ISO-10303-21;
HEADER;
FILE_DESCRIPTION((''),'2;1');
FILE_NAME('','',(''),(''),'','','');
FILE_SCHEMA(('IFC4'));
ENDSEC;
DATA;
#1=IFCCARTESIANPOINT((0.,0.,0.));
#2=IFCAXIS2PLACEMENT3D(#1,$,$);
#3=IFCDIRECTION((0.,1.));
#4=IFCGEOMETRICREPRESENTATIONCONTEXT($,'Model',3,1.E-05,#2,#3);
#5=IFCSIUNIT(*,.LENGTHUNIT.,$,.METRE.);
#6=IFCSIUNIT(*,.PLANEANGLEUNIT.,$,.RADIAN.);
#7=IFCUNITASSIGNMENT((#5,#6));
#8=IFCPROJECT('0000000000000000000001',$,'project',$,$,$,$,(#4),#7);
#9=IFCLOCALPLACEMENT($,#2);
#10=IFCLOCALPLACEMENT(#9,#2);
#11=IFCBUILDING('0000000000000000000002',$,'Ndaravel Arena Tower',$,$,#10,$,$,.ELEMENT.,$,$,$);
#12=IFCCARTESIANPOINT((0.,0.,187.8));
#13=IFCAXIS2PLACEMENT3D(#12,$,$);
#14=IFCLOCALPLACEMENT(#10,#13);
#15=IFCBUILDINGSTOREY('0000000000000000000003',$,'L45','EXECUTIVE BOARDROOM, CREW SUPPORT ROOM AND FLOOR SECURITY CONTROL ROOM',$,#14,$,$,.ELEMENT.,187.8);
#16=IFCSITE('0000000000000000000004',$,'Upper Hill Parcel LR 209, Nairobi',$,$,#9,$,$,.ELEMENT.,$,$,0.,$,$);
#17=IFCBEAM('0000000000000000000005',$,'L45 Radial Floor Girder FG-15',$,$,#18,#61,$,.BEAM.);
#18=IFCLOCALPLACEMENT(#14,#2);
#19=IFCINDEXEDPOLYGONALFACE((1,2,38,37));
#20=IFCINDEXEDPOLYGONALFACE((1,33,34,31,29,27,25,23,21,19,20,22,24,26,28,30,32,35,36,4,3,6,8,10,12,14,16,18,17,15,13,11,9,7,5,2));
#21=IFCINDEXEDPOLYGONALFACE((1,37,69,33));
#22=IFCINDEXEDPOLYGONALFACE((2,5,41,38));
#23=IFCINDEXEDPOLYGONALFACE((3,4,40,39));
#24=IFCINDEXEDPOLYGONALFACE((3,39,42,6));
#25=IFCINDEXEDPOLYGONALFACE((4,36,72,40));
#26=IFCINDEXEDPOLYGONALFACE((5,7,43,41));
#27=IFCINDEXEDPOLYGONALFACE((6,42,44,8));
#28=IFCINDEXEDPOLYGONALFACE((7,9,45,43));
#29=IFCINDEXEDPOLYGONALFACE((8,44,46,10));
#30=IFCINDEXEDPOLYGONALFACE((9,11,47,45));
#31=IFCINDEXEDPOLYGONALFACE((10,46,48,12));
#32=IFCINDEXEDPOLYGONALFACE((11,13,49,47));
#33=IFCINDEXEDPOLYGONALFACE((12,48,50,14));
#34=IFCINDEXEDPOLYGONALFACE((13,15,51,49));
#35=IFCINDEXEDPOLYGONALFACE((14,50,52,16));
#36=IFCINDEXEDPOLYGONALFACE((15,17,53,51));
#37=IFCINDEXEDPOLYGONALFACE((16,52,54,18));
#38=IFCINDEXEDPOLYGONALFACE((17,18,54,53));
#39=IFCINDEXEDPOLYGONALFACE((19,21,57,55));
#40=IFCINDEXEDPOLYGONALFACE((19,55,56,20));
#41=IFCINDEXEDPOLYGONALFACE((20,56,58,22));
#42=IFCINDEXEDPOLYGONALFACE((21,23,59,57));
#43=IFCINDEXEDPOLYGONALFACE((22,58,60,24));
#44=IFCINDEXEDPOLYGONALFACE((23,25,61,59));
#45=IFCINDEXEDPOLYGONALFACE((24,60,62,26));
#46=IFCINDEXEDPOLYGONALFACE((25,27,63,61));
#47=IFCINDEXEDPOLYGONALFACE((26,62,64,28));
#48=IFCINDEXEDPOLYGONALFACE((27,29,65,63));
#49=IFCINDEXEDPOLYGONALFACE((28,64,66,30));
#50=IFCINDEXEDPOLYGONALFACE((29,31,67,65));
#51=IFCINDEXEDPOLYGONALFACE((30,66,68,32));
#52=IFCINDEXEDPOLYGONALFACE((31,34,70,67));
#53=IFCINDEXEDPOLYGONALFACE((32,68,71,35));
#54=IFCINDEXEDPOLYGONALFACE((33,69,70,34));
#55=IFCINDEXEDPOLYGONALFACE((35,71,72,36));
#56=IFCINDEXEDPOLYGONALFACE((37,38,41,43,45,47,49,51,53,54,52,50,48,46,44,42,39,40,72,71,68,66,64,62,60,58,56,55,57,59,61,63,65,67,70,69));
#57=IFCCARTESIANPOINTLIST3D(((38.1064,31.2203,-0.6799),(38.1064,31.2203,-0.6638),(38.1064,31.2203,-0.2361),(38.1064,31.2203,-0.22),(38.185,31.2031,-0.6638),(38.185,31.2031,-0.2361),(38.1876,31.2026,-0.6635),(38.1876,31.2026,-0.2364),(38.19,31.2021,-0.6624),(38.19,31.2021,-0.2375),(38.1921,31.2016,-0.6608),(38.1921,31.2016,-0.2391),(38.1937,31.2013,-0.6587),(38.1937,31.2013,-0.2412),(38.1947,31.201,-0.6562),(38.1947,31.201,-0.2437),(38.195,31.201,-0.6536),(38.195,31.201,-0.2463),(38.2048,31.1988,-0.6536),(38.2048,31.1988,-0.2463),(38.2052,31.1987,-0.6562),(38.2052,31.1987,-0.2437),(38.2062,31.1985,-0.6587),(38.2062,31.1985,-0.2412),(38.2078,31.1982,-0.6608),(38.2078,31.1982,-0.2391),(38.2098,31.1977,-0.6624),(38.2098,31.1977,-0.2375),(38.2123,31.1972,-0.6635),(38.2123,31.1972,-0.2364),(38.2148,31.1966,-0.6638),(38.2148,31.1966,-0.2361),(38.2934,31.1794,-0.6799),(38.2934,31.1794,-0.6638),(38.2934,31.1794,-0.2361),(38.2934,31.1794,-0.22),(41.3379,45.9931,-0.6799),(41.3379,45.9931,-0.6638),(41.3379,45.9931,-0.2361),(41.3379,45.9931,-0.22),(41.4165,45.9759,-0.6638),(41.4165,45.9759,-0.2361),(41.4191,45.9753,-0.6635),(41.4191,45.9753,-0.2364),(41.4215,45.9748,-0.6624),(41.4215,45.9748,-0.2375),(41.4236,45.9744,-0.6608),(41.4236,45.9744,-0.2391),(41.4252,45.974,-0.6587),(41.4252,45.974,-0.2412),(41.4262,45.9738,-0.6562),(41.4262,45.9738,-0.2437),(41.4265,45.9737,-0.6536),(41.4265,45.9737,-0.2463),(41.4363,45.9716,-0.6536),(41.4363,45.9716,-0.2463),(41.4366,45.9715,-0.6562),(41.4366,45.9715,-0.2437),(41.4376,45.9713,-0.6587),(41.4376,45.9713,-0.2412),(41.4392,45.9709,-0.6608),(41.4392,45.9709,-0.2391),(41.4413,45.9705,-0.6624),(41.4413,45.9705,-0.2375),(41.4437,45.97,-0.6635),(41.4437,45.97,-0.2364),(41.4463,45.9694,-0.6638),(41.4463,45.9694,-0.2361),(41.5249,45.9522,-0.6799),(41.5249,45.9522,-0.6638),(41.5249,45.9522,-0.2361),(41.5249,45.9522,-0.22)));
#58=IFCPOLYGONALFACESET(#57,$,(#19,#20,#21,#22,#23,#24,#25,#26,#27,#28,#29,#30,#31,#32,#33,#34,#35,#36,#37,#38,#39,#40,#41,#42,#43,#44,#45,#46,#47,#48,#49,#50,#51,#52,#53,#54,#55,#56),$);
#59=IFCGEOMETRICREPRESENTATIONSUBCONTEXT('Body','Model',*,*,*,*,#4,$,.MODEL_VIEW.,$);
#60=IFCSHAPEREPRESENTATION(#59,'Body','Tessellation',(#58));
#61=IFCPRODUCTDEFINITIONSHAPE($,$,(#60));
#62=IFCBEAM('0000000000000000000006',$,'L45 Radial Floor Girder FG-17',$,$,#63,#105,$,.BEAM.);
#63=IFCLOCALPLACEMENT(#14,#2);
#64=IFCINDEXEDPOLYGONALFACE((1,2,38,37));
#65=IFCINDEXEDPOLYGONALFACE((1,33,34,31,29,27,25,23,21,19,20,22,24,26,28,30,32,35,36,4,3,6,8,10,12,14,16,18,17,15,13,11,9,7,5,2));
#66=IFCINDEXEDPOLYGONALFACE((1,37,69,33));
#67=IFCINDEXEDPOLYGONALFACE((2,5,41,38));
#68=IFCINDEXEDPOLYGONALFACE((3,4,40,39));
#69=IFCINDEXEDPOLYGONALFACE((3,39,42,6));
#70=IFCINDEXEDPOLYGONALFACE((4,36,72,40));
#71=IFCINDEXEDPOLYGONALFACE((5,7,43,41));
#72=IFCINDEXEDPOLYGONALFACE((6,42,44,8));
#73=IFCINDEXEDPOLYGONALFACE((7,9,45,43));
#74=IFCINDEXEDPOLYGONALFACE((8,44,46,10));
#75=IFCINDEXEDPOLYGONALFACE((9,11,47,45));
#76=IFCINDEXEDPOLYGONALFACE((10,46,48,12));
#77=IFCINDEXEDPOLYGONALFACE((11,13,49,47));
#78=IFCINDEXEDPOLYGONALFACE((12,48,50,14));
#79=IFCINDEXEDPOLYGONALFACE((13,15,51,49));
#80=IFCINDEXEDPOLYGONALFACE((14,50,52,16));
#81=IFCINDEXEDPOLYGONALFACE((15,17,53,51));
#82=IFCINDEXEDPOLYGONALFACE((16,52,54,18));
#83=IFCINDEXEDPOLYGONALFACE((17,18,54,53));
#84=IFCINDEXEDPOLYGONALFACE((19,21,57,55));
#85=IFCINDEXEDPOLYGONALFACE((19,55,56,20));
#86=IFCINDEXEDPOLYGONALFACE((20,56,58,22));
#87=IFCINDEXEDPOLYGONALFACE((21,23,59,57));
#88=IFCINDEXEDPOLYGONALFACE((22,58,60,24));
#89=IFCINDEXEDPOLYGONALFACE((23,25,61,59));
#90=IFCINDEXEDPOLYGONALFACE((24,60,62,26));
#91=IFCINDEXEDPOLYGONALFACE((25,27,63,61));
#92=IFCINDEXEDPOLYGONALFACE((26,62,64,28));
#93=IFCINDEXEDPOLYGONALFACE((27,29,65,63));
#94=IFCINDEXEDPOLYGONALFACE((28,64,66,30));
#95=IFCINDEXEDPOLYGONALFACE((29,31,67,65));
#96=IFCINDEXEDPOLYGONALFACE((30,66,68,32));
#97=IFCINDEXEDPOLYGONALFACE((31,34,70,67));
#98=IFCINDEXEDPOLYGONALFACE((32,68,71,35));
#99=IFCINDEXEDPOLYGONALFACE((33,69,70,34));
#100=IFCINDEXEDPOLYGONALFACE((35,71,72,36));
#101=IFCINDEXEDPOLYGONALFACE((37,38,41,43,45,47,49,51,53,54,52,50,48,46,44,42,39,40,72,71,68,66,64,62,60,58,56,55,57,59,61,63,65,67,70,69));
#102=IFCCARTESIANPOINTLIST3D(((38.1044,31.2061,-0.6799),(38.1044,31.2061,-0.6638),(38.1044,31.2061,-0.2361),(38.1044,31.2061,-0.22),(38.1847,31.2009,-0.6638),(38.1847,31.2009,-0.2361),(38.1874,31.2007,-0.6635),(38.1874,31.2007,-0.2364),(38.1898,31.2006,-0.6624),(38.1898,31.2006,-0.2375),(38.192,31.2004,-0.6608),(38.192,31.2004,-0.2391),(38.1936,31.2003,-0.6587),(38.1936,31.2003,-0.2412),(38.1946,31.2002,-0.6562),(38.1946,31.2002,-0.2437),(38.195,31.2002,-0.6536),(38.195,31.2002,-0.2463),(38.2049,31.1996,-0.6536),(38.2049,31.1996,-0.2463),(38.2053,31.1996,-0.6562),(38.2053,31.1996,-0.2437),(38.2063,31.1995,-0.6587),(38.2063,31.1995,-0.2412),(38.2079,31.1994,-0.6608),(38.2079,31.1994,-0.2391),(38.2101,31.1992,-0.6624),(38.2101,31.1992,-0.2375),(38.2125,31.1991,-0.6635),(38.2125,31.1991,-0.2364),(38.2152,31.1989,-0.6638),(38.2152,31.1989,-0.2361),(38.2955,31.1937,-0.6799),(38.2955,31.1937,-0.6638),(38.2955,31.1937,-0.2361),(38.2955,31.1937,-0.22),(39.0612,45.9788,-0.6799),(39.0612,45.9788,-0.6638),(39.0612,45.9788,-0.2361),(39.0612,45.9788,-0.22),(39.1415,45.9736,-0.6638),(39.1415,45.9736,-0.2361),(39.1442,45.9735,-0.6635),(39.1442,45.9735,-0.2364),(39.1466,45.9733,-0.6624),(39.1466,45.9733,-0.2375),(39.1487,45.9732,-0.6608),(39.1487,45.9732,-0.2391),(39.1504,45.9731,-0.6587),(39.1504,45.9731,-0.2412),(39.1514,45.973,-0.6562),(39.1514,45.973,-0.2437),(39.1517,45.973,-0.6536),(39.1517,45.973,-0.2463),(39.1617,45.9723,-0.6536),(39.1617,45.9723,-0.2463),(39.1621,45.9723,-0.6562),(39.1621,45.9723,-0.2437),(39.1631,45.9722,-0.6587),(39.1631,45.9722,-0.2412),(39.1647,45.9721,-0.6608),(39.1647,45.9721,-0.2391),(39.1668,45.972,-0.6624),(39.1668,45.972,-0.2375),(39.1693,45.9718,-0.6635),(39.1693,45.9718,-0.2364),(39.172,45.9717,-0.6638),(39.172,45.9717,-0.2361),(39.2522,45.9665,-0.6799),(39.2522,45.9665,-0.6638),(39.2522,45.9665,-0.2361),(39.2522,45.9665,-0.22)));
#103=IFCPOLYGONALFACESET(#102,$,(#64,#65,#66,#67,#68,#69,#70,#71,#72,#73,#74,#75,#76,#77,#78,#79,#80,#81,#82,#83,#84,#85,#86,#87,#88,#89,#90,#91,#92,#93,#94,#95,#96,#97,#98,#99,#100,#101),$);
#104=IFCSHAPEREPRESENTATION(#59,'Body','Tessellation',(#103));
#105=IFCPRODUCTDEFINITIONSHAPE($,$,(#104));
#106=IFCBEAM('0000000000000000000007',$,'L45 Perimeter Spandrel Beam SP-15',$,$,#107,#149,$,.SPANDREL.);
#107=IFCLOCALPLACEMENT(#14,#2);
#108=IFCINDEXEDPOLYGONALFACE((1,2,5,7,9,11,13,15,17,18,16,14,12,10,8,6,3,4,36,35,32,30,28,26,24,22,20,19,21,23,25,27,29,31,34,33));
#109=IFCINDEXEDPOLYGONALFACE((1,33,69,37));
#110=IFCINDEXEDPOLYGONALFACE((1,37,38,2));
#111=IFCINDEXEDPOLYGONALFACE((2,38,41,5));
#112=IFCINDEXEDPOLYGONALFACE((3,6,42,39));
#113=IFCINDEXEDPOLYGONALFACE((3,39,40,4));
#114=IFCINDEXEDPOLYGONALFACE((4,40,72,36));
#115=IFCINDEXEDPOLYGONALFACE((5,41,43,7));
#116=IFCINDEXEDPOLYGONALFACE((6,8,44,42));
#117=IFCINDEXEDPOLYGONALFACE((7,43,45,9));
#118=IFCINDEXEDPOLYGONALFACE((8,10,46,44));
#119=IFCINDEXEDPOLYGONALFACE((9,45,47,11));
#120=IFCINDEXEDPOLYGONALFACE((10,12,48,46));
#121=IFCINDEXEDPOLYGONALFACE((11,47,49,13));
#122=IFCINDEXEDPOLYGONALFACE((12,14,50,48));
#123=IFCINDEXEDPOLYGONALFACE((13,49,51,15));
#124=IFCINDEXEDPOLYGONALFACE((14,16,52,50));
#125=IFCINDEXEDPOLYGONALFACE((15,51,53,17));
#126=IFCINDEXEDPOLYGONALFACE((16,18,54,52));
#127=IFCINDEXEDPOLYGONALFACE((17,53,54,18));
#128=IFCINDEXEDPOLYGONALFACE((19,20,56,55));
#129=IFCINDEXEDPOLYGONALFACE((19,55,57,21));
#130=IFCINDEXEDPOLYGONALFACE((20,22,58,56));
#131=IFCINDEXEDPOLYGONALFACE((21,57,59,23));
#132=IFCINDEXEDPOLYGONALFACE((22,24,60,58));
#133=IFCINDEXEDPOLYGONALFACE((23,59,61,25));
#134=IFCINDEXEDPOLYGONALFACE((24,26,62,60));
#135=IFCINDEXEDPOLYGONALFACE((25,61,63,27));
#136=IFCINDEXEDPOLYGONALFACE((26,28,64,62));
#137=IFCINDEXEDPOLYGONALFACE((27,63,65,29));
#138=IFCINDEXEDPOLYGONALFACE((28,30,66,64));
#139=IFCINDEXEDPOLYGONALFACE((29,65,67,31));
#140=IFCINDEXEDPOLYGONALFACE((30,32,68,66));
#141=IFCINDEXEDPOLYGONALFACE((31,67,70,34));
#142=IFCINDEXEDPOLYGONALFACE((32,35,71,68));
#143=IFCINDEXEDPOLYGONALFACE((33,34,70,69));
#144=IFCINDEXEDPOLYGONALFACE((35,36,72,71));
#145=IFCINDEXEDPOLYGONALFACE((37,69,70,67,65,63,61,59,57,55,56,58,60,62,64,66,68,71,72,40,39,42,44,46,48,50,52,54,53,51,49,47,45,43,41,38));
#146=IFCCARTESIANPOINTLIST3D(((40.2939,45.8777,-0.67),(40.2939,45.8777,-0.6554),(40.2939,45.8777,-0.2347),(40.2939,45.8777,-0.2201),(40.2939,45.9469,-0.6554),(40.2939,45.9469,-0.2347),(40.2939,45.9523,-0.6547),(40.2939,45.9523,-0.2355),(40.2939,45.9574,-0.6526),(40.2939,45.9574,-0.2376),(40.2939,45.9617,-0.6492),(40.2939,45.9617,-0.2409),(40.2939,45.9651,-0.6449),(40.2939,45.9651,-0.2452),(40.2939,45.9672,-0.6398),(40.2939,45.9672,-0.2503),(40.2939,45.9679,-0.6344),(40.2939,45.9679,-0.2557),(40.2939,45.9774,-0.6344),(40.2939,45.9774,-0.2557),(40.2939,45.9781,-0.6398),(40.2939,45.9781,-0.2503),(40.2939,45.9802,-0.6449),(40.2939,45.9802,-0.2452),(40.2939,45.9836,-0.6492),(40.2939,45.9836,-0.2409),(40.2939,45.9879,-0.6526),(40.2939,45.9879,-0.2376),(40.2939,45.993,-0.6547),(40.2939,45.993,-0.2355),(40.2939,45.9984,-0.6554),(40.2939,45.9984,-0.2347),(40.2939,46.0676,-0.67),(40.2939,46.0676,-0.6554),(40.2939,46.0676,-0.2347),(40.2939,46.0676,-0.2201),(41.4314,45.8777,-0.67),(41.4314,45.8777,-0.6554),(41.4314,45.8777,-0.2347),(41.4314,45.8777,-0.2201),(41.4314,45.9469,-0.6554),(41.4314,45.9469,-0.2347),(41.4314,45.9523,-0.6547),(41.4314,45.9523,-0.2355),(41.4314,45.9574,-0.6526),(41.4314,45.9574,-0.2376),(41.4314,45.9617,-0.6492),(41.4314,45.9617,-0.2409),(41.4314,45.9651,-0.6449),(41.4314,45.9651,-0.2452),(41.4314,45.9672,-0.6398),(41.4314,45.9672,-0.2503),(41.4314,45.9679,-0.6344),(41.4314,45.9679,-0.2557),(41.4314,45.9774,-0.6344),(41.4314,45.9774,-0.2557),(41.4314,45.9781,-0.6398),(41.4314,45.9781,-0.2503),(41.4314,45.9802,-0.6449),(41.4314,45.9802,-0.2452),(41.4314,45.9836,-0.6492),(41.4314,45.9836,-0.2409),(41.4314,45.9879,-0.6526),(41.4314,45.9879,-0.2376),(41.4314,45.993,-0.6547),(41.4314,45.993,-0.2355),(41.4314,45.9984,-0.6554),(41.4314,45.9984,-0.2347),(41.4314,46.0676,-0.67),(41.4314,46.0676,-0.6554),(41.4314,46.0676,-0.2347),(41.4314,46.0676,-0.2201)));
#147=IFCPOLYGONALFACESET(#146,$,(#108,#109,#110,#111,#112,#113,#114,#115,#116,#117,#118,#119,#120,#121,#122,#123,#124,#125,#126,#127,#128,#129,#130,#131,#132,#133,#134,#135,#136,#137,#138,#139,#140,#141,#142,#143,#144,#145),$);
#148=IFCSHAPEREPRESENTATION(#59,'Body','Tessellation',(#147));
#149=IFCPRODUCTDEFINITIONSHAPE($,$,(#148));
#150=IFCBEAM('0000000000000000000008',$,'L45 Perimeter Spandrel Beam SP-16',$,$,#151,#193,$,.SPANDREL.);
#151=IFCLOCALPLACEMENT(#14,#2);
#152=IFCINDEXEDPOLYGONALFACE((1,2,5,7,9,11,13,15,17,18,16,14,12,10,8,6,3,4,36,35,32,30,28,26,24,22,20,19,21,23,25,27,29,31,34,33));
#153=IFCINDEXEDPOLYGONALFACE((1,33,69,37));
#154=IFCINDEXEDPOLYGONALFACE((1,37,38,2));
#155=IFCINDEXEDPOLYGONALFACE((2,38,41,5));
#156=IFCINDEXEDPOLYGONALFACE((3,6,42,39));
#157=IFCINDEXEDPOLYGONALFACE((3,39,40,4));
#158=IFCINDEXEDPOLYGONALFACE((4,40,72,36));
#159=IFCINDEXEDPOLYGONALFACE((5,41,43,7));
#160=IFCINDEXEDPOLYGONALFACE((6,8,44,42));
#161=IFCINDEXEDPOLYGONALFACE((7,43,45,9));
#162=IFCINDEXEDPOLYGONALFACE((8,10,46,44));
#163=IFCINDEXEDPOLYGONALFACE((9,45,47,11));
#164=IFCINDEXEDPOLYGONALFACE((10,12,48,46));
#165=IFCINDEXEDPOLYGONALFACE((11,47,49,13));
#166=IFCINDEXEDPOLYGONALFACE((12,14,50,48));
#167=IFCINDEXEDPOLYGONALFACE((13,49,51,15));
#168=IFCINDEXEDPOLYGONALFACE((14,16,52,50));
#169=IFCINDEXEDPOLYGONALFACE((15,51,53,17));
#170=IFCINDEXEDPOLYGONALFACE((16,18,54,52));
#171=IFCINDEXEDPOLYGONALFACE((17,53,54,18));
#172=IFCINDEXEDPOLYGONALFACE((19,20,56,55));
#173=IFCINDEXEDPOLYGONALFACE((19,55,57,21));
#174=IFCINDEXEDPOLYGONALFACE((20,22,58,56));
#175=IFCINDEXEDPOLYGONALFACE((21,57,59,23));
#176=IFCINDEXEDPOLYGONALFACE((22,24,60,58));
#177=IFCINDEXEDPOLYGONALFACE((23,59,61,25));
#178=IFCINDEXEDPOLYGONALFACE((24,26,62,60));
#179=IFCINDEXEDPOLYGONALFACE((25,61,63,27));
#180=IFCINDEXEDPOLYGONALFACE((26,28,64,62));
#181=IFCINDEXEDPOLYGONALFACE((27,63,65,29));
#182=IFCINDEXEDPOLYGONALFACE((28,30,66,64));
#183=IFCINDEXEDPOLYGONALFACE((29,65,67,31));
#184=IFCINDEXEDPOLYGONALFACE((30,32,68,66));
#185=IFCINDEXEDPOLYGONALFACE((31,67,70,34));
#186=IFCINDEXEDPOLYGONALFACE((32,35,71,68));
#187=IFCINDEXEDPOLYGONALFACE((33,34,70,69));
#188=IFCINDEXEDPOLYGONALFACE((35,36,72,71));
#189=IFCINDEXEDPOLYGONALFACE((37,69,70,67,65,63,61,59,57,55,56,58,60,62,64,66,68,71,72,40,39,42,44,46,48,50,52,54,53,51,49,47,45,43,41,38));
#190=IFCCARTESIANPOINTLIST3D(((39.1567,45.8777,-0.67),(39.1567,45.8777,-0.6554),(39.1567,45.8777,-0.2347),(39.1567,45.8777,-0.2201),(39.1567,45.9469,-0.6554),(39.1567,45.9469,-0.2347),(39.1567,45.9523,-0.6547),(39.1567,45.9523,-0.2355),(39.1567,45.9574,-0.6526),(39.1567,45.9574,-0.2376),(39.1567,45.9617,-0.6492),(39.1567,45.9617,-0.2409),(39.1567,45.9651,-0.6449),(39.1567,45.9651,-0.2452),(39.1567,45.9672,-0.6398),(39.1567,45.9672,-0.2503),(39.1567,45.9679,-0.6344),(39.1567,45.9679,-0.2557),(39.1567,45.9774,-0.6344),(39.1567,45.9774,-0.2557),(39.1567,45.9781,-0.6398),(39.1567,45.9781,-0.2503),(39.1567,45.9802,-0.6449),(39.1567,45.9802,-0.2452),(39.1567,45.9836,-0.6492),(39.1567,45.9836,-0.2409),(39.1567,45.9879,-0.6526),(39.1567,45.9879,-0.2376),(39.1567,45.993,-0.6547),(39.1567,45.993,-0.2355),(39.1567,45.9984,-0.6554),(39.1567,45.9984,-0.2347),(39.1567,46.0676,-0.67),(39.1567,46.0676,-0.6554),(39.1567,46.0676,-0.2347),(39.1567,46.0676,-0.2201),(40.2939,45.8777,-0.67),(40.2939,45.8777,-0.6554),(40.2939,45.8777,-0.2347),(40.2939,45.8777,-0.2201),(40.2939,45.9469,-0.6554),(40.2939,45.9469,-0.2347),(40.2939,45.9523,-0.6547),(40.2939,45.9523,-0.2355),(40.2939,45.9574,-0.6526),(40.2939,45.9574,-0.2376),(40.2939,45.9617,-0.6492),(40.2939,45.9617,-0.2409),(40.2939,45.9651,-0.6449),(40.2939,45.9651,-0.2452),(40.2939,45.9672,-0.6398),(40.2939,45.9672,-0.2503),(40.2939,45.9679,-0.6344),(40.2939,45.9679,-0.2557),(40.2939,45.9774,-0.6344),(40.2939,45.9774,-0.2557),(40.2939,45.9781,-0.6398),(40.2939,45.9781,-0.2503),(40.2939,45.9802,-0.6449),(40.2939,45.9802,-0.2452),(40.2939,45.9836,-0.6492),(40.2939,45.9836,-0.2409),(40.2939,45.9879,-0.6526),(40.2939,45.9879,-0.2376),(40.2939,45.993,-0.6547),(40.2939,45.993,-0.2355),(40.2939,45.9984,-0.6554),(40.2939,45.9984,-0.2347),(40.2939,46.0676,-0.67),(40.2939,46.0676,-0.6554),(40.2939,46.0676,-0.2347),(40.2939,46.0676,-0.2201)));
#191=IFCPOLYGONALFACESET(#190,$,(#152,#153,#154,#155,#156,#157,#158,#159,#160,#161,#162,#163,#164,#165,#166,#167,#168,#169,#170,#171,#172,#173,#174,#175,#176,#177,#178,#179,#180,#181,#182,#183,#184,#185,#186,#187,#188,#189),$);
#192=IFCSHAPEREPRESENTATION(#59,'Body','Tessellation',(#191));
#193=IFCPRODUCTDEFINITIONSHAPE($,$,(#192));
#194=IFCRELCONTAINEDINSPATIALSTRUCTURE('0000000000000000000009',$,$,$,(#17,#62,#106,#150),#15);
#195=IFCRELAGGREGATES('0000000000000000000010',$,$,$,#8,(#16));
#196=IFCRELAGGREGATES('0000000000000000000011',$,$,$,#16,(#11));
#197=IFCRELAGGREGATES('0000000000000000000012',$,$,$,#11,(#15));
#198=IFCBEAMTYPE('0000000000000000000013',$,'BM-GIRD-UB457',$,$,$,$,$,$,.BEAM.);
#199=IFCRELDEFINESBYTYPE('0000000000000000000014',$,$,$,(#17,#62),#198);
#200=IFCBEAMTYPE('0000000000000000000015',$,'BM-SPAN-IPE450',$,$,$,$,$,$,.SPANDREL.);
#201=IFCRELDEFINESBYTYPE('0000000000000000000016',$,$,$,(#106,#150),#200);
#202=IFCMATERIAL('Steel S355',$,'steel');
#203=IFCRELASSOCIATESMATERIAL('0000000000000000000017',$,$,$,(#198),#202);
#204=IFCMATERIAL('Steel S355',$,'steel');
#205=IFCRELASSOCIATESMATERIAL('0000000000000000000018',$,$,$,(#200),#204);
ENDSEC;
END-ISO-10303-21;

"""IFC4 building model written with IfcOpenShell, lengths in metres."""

from ifc_helpers import new_model, si_unit, direction, frame, origin, origin_2d, place, context, subcontext, project, spatial, i_section, extrude, material, material_profile, profile_set, type_object, element, save


model = new_model("IFC4")

# Units and contexts
model_context = context("Model", 3, precision=1e-05, world=origin(), true_north=direction((0.0, 1.0)))
body_context = subcontext(model_context, "Body", "Model", "MODEL_VIEW")
ifc_project = project(units=[si_unit("LENGTHUNIT", "METRE"), si_unit("PLANEANGLEUNIT", "RADIAN")], contexts=[model_context])

# Site, building, storey
site_placement = place(None, origin())
site = spatial("IfcSite", under=ifc_project, at=site_placement, Name="Upper Hill Parcel LR 209, Nairobi", CompositionType="ELEMENT", RefElevation=0.0)
building_placement = place(site_placement, origin())
building = spatial("IfcBuilding", under=site, at=building_placement, Name="Ndaravel Arena Tower", CompositionType="ELEMENT")
storey_placement = place(building_placement, frame((0.0, 0.0, 187.8)))
storey = spatial("IfcBuildingStorey", under=building, at=storey_placement, Name="L45", Description="EXECUTIVE BOARDROOM, CREW SUPPORT ROOM AND FLOOR SECURITY CONTROL ROOM", CompositionType="ELEMENT", Elevation=187.8)

# Beams
ifc_material_1 = material(Name="Steel S355", Category="steel")
ifc_material_profile_1 = material_profile(ifc_material_1, i_section(OverallWidth=0.1914, OverallDepth=0.46, WebThickness=0.01, FlangeThickness=0.0161, FilletRadius=0.0103, at=origin_2d()), Name="UB 457x191x82")
ifc_profile_set_1 = profile_set([ifc_material_profile_1], Name="Steel S355")
beam_type_1 = type_object("IfcBeamType", Name="BM-GIRD-UB457", PredefinedType="BEAM", material=ifc_profile_set_1)
beam_1_placement = place(storey_placement, frame((41.4314, 45.9727, -0.45), z_axis=(-0.213692, -0.976901, 0.0), x_axis=(0.976901, -0.213692, 0.0)))
element("IfcBeam", 1, at=beam_1_placement, inside=storey, type_object=beam_type_1, Name="L45 Radial Floor Girder FG-15", PredefinedType="BEAM", context=body_context, shape_type="SweptSolid", body=[
    extrude(i_section(OverallWidth=0.1914, OverallDepth=0.46, WebThickness=0.01, FlangeThickness=0.0161, FilletRadius=0.0103, at=origin_2d()), origin(), (0.0, 0.0, 1.0), 15.1221),
])
beam_2_placement = place(storey_placement, frame((39.1567, 45.9727, -0.45), z_axis=(-0.064632, -0.997909, 0.0), x_axis=(0.997909, -0.064632, 0.0)))
element("IfcBeam", 2, at=beam_2_placement, inside=storey, type_object=beam_type_1, Name="L45 Radial Floor Girder FG-17", PredefinedType="BEAM", context=body_context, shape_type="SweptSolid", body=[
    extrude(i_section(OverallWidth=0.1914, OverallDepth=0.46, WebThickness=0.01, FlangeThickness=0.0161, FilletRadius=0.0103, at=origin_2d()), origin(), (0.0, 0.0, 1.0), 14.8037),
])
ifc_material_2 = material(Name="Steel S355", Category="steel")
ifc_material_profile_2 = material_profile(ifc_material_2, i_section(OverallWidth=0.1899, OverallDepth=0.45, WebThickness=0.0095, FlangeThickness=0.0146, FilletRadius=0.021, at=origin_2d()), Name="IPE 450")
ifc_profile_set_2 = profile_set([ifc_material_profile_2], Name="Steel S355")
beam_type_2 = type_object("IfcBeamType", Name="BM-SPAN-IPE450", PredefinedType="SPANDREL", material=ifc_profile_set_2)
beam_3_placement = place(storey_placement, frame((41.4314, 45.9727, -0.4451), z_axis=(-1.0, 0.0, 0.0), x_axis=(0.0, -1.0, 0.0)))
element("IfcBeam", 3, at=beam_3_placement, inside=storey, type_object=beam_type_2, Name="L45 Perimeter Spandrel Beam SP-15", PredefinedType="SPANDREL", context=body_context, shape_type="SweptSolid", body=[
    extrude(i_section(OverallWidth=0.1899, OverallDepth=0.45, WebThickness=0.0095, FlangeThickness=0.0146, FilletRadius=0.021, at=origin_2d()), origin(), (0.0, 0.0, 1.0), 1.1375),
])
beam_4_placement = place(storey_placement, frame((40.2939, 45.9727, -0.4451), z_axis=(-1.0, 0.0, 0.0), x_axis=(0.0, -1.0, 0.0)))
element("IfcBeam", 4, at=beam_4_placement, inside=storey, type_object=beam_type_2, Name="L45 Perimeter Spandrel Beam SP-16", PredefinedType="SPANDREL", context=body_context, shape_type="SweptSolid", body=[
    extrude(i_section(OverallWidth=0.1899, OverallDepth=0.45, WebThickness=0.0095, FlangeThickness=0.0146, FilletRadius=0.021, at=origin_2d()), origin(), (0.0, 0.0, 1.0), 1.1372),
])

save(model, "model.ifc")
